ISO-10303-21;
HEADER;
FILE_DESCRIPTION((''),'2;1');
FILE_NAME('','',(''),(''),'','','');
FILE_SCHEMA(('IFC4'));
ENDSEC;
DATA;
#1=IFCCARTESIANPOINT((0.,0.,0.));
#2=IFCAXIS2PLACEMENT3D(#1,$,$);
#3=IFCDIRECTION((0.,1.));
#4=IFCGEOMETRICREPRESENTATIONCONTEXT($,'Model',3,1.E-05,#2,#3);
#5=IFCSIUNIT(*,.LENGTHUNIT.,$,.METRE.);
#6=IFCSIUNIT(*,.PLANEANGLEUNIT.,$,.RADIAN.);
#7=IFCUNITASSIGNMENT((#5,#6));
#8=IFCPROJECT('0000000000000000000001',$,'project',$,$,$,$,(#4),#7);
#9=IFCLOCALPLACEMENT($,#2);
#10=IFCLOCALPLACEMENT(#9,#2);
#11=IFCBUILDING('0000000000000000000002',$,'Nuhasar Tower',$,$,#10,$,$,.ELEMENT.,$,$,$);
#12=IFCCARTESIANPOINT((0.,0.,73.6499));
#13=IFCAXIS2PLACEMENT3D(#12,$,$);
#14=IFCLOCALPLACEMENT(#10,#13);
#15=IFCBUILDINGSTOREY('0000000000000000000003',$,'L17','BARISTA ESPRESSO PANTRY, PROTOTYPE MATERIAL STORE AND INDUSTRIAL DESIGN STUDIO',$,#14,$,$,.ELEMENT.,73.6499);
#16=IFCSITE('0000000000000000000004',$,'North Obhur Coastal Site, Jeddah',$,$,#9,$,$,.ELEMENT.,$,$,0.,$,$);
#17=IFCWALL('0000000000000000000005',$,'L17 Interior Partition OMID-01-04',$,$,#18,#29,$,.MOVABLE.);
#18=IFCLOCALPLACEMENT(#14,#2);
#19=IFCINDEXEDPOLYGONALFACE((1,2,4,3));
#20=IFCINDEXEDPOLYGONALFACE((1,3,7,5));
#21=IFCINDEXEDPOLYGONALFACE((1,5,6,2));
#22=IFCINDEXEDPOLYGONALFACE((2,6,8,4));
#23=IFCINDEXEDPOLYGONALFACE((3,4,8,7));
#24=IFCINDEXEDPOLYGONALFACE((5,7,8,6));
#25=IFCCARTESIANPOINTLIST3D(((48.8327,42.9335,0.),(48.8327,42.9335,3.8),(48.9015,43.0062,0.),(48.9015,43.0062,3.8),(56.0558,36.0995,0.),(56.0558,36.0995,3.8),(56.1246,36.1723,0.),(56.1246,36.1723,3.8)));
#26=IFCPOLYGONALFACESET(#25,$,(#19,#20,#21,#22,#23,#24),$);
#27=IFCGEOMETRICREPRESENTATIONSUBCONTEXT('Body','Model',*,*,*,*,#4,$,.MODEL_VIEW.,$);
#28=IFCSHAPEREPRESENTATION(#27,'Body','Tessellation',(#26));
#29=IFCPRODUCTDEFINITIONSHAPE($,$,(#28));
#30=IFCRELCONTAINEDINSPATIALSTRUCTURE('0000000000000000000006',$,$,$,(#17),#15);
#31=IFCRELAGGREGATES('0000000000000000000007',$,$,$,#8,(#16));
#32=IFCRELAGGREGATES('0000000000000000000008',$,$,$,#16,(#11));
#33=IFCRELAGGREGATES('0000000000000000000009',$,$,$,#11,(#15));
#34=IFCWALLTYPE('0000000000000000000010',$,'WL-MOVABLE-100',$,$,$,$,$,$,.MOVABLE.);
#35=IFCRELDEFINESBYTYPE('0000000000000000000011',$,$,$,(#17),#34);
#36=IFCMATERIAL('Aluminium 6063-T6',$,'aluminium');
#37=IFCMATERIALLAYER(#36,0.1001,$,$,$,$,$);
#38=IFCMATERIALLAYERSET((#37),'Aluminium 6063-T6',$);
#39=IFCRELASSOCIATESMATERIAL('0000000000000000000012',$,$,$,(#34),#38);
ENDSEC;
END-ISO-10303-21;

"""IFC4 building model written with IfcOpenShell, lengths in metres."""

from ifc_helpers import new_model, si_unit, direction, frame, frame_2d, origin, place, context, subcontext, project, spatial, rectangle, extrude, material, layer, layer_set, type_object, element, save


model = new_model("IFC4")

# Units and contexts
model_context = context("Model", 3, precision=1e-05, world=origin(), true_north=direction((0.0, 1.0)))
body_context = subcontext(model_context, "Body", "Model", "MODEL_VIEW")
ifc_project = project(units=[si_unit("LENGTHUNIT", "METRE"), si_unit("PLANEANGLEUNIT", "RADIAN")], contexts=[model_context])

# Site, building, storey
site_placement = place(None, origin())
site = spatial("IfcSite", under=ifc_project, at=site_placement, Name="North Obhur Coastal Site, Jeddah", CompositionType="ELEMENT", RefElevation=0.0)
building_placement = place(site_placement, origin())
building = spatial("IfcBuilding", under=site, at=building_placement, Name="Nuhasar Tower", CompositionType="ELEMENT")
storey_placement = place(building_placement, frame((0.0, 0.0, 73.6499)))
storey = spatial("IfcBuildingStorey", under=building, at=storey_placement, Name="L17", Description="BARISTA ESPRESSO PANTRY, PROTOTYPE MATERIAL STORE AND INDUSTRIAL DESIGN STUDIO", CompositionType="ELEMENT", Elevation=73.6499)

# Shared definitions
ifc_material_1 = material(Name="Aluminium 6063-T6", Category="aluminium")

# Shared definitions
ifc_layer_1 = layer(ifc_material_1, 0.1001)
ifc_layer_set_1 = layer_set([ifc_layer_1], Name="Aluminium 6063-T6")
wall_type = type_object("IfcWallType", Name="WL-MOVABLE-100", PredefinedType="MOVABLE", material=ifc_layer_set_1)

# Wall
wall_1_placement = place(storey_placement, frame((56.0901, 36.136, 0.0), z_axis=(0.0, 0.0, 1.0), x_axis=(-0.726404, 0.687268, 0.0)))
element("IfcWall", 1, at=wall_1_placement, inside=storey, type_object=wall_type, Name="L17 Interior Partition OMID-01-04", PredefinedType="MOVABLE", context=body_context, shape_type="SweptSolid", body=[
    extrude(rectangle(XDim=9.9436, YDim=0.1001, at=frame_2d((4.9717, 0.0))), origin(), (0.0, 0.0, 1.0), 3.8),
])

save(model, "model.ifc")
